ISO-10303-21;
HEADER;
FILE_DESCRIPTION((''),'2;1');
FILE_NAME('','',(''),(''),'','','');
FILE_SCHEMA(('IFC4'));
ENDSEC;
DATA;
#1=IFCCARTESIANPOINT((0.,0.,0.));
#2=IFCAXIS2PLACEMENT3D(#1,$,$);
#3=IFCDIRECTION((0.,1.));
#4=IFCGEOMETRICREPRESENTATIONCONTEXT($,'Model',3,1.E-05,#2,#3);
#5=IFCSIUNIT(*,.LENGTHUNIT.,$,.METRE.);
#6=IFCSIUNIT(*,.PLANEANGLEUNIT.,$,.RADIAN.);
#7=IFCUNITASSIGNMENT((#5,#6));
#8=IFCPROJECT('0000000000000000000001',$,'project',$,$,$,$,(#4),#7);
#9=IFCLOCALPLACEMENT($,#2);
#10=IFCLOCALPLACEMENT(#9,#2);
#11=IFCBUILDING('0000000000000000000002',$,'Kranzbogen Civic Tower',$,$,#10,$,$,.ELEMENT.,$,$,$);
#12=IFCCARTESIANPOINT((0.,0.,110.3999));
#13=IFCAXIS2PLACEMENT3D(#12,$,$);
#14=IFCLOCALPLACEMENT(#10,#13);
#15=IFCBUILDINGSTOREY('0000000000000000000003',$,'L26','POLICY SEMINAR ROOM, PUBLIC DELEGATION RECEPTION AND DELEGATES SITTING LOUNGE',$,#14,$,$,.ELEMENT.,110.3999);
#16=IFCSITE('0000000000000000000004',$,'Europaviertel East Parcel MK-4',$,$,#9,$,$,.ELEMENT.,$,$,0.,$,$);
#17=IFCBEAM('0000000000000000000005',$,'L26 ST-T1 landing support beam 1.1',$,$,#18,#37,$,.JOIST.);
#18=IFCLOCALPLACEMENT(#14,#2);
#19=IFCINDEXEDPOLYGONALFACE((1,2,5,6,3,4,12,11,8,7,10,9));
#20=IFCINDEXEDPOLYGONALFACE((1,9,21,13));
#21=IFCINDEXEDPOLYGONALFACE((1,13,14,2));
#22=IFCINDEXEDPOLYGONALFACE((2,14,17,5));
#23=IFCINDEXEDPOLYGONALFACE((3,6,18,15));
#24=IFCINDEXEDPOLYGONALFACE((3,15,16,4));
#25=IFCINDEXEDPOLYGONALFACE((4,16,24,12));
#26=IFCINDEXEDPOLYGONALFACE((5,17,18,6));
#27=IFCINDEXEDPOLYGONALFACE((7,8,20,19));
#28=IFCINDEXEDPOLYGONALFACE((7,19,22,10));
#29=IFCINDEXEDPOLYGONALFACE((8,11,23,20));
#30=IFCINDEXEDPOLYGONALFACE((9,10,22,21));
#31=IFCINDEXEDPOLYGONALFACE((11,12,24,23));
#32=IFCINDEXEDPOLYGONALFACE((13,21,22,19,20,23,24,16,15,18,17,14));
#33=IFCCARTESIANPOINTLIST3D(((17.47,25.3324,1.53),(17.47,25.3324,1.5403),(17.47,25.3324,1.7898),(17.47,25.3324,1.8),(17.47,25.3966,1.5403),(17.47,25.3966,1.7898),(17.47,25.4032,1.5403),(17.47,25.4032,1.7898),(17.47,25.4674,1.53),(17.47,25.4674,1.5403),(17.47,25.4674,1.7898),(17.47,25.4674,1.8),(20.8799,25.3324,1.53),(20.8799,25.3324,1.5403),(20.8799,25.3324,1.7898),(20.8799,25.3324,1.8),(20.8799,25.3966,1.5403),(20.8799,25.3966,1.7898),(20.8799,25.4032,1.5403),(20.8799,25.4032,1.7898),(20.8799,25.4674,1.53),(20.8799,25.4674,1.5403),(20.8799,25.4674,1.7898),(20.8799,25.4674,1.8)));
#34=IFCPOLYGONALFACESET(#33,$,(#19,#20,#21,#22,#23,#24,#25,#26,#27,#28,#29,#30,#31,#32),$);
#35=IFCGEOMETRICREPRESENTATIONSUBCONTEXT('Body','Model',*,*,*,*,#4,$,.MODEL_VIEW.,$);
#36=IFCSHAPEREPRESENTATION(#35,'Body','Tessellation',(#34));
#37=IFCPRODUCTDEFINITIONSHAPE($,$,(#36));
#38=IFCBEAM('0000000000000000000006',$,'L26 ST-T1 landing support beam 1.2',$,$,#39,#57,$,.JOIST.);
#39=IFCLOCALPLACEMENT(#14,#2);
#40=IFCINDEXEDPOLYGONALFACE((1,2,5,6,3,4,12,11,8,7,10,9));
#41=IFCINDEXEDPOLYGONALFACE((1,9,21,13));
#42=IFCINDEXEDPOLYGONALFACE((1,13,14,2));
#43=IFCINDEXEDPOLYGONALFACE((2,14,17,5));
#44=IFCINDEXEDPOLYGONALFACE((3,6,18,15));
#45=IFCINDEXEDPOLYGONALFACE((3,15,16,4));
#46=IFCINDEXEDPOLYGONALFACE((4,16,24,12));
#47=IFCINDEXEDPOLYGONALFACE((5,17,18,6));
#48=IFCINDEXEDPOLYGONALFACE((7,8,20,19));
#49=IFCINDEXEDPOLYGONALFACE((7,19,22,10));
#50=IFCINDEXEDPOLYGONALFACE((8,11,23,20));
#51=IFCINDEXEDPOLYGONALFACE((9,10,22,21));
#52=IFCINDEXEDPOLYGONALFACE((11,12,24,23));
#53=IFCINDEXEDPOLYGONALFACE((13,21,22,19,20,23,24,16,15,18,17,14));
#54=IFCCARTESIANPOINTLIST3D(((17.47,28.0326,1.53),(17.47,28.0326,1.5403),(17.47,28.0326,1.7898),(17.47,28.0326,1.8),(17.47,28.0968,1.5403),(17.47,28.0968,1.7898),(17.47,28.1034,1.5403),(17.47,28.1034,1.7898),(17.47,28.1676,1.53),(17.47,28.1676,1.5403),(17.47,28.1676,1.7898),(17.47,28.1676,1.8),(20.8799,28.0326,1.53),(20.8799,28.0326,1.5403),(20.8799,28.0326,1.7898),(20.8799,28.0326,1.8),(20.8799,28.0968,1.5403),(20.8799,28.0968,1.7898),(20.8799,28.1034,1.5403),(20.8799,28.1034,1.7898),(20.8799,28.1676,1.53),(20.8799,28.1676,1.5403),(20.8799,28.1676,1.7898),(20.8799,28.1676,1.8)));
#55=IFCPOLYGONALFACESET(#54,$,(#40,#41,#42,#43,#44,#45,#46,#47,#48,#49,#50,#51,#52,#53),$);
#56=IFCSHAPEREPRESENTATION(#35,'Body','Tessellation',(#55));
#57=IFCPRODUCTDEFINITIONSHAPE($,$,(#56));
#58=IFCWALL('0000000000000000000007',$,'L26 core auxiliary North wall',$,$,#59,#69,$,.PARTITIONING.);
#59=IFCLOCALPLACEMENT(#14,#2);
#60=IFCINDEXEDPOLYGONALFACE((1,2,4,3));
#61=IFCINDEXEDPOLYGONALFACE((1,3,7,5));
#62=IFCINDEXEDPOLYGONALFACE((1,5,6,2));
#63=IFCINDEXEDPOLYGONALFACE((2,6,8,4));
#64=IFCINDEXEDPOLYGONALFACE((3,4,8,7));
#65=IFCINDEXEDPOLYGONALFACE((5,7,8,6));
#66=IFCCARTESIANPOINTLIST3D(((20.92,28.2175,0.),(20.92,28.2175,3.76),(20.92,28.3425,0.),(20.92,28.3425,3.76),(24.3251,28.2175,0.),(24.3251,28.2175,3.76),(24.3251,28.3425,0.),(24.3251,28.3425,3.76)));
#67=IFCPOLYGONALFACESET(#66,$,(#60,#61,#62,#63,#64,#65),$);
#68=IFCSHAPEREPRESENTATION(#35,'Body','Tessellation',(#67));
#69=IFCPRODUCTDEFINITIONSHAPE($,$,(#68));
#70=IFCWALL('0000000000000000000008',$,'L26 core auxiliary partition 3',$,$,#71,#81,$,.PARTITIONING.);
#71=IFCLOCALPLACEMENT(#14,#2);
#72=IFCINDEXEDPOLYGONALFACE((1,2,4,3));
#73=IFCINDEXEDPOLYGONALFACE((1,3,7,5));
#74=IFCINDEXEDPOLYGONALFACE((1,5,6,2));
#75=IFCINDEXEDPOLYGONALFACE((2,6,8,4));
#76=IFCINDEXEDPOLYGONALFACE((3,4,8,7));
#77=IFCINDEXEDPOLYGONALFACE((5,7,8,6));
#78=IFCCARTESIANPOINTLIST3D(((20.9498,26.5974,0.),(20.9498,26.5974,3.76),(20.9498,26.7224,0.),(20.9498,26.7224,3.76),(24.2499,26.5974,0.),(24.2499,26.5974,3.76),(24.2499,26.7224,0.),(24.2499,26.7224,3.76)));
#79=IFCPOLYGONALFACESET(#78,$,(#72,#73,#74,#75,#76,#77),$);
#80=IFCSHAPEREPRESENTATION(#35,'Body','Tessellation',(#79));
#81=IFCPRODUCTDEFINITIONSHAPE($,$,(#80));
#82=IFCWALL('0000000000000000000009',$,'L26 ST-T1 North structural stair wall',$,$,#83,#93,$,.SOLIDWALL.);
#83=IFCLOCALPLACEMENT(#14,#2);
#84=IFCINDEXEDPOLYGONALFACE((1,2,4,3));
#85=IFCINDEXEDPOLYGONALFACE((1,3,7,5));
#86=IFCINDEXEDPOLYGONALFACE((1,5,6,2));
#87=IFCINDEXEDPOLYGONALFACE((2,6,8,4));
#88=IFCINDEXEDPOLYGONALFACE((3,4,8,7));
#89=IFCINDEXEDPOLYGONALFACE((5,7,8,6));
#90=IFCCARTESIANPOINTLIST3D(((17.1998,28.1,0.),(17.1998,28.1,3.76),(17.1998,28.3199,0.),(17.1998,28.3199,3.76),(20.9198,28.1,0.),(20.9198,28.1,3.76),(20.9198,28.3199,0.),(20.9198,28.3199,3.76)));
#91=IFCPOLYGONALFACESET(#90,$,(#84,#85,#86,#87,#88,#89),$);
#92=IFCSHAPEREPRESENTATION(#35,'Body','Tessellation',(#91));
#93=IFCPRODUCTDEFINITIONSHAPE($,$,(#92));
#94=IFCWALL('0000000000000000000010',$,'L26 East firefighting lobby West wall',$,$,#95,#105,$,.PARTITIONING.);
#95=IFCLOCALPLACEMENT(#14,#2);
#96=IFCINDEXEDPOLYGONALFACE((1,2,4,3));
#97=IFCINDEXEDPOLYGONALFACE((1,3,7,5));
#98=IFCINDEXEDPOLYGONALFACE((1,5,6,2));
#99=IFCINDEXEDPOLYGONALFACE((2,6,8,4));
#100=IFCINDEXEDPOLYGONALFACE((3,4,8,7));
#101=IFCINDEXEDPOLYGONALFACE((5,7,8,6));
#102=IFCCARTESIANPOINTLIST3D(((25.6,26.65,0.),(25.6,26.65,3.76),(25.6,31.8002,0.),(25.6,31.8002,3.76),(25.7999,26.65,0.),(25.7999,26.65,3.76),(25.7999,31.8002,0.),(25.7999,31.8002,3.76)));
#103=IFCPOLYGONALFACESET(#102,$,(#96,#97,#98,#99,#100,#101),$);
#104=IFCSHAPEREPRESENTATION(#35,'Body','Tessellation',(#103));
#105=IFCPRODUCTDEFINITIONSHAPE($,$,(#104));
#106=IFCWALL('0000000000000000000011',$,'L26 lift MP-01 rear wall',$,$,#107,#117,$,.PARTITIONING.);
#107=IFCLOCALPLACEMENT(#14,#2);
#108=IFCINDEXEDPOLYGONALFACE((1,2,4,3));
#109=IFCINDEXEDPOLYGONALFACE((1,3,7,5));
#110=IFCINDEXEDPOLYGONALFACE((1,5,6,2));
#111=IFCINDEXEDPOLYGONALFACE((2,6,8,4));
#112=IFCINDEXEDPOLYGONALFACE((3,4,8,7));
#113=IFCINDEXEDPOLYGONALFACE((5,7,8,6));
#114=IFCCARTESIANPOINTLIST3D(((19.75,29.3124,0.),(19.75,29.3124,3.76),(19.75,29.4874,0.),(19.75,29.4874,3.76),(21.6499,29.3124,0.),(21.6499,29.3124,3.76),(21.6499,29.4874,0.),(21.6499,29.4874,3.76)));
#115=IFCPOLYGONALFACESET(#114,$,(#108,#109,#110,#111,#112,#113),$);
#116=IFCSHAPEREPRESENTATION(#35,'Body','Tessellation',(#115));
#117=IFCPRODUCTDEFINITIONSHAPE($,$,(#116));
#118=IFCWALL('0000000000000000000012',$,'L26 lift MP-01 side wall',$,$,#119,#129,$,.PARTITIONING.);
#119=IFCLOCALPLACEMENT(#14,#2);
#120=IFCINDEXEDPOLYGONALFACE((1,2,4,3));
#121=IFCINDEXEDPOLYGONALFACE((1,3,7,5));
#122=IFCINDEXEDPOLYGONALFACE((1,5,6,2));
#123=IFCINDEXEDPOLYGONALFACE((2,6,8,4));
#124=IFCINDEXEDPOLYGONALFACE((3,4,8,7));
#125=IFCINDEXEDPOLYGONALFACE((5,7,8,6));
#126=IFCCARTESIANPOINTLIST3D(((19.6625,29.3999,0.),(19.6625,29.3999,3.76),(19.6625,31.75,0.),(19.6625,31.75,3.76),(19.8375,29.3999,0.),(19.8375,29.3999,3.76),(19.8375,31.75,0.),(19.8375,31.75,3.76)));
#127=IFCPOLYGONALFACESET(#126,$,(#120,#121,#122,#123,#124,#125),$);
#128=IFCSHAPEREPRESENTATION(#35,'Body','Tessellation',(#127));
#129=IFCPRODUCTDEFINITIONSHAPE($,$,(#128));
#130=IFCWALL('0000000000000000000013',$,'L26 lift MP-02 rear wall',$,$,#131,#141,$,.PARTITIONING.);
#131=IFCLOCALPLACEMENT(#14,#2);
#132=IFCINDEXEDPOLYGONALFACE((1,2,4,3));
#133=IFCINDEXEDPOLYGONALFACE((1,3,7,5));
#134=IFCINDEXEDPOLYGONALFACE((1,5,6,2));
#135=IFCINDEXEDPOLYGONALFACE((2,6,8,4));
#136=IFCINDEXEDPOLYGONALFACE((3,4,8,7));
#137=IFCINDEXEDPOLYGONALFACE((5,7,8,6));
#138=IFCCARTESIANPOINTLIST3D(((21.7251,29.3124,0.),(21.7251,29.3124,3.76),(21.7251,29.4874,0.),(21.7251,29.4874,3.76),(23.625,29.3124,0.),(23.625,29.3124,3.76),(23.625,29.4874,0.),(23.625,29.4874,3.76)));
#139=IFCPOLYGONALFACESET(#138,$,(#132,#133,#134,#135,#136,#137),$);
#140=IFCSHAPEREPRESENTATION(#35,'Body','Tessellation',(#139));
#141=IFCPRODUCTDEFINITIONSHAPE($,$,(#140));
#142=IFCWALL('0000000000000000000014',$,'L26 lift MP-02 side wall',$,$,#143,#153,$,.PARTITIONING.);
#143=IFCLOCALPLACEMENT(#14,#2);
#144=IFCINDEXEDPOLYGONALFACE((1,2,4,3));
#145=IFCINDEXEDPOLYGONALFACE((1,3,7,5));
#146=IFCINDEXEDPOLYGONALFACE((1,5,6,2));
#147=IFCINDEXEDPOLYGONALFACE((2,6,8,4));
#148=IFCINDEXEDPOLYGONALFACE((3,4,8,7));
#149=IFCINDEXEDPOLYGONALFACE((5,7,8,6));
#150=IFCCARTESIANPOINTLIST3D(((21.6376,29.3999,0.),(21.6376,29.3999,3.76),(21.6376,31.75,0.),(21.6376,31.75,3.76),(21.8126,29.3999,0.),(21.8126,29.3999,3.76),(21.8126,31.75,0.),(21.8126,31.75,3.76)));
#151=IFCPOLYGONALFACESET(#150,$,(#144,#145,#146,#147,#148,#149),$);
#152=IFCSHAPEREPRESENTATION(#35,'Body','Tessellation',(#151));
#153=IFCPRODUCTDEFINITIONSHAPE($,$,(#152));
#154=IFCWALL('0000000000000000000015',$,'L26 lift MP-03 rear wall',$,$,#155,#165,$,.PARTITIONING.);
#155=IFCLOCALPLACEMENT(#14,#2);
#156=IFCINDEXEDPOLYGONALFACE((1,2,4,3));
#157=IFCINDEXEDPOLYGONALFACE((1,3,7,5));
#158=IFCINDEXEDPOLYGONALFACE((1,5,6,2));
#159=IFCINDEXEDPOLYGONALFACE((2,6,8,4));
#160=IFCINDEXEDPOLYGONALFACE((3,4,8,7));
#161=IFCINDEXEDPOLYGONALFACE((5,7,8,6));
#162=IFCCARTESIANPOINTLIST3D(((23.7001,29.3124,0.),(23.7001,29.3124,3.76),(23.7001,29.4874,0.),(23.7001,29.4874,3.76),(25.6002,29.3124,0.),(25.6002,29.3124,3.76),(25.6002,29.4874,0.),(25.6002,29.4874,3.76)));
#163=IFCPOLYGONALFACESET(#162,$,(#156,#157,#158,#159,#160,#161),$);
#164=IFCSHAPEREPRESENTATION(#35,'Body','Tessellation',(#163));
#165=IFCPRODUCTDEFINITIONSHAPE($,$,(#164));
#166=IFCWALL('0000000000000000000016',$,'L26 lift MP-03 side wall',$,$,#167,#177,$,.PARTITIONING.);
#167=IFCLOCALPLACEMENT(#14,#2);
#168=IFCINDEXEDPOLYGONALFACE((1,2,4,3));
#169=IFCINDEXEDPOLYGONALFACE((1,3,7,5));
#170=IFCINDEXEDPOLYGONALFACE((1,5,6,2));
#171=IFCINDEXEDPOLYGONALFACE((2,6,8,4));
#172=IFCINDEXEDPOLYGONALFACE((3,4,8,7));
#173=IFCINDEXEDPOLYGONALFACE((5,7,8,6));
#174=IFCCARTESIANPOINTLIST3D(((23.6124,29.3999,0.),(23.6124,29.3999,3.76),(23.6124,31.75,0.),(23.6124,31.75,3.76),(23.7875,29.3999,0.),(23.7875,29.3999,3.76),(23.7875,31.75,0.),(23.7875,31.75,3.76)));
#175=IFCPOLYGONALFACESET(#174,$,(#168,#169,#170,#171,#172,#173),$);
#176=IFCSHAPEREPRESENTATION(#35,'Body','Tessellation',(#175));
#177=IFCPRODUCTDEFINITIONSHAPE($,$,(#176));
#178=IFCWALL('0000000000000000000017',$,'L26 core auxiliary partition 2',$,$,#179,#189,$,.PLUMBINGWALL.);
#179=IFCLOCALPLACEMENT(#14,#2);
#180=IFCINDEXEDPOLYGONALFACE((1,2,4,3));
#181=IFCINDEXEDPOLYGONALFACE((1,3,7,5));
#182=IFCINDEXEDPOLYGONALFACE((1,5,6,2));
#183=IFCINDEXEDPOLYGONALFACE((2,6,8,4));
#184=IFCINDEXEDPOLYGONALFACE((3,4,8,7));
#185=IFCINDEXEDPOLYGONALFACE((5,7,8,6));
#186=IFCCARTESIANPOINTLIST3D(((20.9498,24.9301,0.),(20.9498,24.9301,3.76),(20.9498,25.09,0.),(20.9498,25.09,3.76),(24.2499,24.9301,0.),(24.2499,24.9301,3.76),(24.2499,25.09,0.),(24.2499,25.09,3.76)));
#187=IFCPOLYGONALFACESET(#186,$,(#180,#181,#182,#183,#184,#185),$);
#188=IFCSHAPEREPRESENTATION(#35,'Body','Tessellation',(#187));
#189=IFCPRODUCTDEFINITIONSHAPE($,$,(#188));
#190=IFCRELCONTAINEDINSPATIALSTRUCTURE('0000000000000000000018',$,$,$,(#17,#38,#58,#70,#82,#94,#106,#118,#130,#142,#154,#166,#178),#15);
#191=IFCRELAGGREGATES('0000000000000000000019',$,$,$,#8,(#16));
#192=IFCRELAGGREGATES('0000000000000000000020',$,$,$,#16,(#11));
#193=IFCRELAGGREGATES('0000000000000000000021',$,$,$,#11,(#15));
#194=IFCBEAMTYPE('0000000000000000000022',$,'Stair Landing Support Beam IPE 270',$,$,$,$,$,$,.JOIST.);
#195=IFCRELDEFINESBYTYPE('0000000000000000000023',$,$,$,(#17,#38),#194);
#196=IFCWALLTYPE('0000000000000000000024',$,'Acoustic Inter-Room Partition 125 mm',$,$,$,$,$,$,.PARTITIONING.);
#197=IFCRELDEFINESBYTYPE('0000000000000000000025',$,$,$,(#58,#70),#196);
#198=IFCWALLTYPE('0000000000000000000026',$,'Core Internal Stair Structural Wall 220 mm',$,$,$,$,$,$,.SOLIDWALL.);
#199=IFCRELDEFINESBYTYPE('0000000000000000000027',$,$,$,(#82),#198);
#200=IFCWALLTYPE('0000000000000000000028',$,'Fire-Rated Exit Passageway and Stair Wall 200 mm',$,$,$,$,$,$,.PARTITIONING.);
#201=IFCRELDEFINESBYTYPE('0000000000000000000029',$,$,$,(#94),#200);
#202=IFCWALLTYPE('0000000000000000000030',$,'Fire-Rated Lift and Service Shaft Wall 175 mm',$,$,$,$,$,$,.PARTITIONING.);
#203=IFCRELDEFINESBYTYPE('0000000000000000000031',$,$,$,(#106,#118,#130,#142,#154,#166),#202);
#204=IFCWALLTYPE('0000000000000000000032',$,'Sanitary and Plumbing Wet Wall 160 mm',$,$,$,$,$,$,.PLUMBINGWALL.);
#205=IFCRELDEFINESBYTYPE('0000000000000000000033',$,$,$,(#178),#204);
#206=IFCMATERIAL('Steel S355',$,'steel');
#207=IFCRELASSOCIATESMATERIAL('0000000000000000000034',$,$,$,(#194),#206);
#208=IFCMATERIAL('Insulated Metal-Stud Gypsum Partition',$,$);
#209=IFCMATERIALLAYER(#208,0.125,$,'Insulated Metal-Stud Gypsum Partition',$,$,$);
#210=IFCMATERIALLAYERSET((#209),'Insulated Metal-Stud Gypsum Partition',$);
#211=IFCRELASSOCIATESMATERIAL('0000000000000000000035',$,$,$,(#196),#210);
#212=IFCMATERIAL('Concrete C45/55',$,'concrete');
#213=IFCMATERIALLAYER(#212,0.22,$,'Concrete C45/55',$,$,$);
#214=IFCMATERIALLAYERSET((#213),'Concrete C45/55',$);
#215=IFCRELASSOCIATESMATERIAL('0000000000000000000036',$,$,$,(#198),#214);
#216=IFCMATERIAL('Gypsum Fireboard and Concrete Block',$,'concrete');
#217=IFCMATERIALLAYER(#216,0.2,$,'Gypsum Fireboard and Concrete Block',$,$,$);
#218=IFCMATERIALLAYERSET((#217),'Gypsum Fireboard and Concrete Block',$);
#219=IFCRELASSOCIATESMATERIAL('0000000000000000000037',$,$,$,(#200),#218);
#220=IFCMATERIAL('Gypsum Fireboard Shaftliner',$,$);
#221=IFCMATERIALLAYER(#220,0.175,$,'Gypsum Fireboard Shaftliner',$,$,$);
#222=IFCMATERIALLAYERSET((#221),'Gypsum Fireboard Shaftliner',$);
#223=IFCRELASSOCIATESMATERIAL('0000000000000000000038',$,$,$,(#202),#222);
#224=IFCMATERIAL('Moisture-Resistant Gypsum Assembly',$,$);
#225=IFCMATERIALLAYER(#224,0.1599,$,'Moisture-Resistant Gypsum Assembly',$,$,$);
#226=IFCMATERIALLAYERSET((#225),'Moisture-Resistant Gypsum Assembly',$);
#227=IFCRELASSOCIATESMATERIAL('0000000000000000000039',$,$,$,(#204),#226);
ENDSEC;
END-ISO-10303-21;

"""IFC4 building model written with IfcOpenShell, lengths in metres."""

from ifc_helpers import new_model, si_unit, direction, frame, frame_2d, origin, origin_2d, place, context, subcontext, project, spatial, rectangle, i_section, extrude, material, layer, layer_set, material_profile, profile_set, type_object, element, save


model = new_model("IFC4")

# Units and contexts
model_context = context("Model", 3, precision=1e-05, world=origin(), true_north=direction((0.0, 1.0)))
body_context = subcontext(model_context, "Body", "Model", "MODEL_VIEW")
ifc_project = project(units=[si_unit("LENGTHUNIT", "METRE"), si_unit("PLANEANGLEUNIT", "RADIAN")], contexts=[model_context])

# Site, building, storey
site_placement = place(None, origin())
site = spatial("IfcSite", under=ifc_project, at=site_placement, Name="Europaviertel East Parcel MK-4", CompositionType="ELEMENT", RefElevation=0.0)
building_placement = place(site_placement, origin())
building = spatial("IfcBuilding", under=site, at=building_placement, Name="Kranzbogen Civic Tower", CompositionType="ELEMENT")
storey_placement = place(building_placement, frame((0.0, 0.0, 110.3999)))
storey = spatial("IfcBuildingStorey", under=building, at=storey_placement, Name="L26", Description="POLICY SEMINAR ROOM, PUBLIC DELEGATION RECEPTION AND DELEGATES SITTING LOUNGE", CompositionType="ELEMENT", Elevation=110.3999)

# Beams
ifc_material_1 = material(Name="Steel S355", Category="steel")
ifc_material_profile = material_profile(ifc_material_1, i_section(OverallWidth=0.135, OverallDepth=0.27, WebThickness=0.0066, FlangeThickness=0.0103, at=origin_2d()), Name="IPE 270")
ifc_profile_set = profile_set([ifc_material_profile], Name="Steel S355")
beam_type = type_object("IfcBeamType", Name="Stair Landing Support Beam IPE 270", PredefinedType="JOIST", material=ifc_profile_set)
for number, where, z_axis, x_axis, name in (
    (1, (20.8799, 25.3999, 1.665), (-1.0, 0.0, 0.0), (0.0, -1.0, 0.0), "L26 ST-T1 landing support beam 1.1"),
    (2, (20.8799, 28.1001, 1.665), (-1.0, 0.0, 0.0), (0.0, -1.0, 0.0), "L26 ST-T1 landing support beam 1.2"),
):
    element("IfcBeam", number, at=place(storey_placement, frame(where, z_axis=z_axis, x_axis=x_axis)), inside=storey, type_object=beam_type, Name=name, PredefinedType="JOIST", context=body_context, shape_type="SweptSolid", body=[
        extrude(i_section(OverallWidth=0.135, OverallDepth=0.27, WebThickness=0.0066, FlangeThickness=0.0103, at=origin_2d()), origin(), (0.0, 0.0, 1.0), 3.4099),
    ])

# Walls
ifc_material_2 = material(Name="Insulated Metal-Stud Gypsum Partition")
ifc_layer_1 = layer(ifc_material_2, 0.125, Name="Insulated Metal-Stud Gypsum Partition")
ifc_layer_set_1 = layer_set([ifc_layer_1], Name="Insulated Metal-Stud Gypsum Partition")
wall_type_1 = type_object("IfcWallType", Name="Acoustic Inter-Room Partition 125 mm", PredefinedType="PARTITIONING", material=ifc_layer_set_1)
wall_1_placement = place(storey_placement, frame((20.9199, 28.28, 0.0), z_axis=(0.0, 0.0, 1.0), x_axis=(1.0, 0.0, 0.0)))
element("IfcWall", 3, at=wall_1_placement, inside=storey, type_object=wall_type_1, Name="L26 core auxiliary North wall", PredefinedType="PARTITIONING", context=body_context, shape_type="SweptSolid", body=[
    extrude(rectangle(XDim=3.405, YDim=0.125, at=frame_2d((1.7026, 0.0))), origin(), (0.0, 0.0, 1.0), 3.76),
])
wall_2_placement = place(storey_placement, frame((20.95, 26.6599, 0.0), z_axis=(0.0, 0.0, 1.0), x_axis=(1.0, 0.0, 0.0)))
element("IfcWall", 4, at=wall_2_placement, inside=storey, type_object=wall_type_1, Name="L26 core auxiliary partition 3", PredefinedType="PARTITIONING", context=body_context, shape_type="SweptSolid", body=[
    extrude(rectangle(XDim=3.3, YDim=0.125, at=frame_2d((1.6499, 0.0))), origin(), (0.0, 0.0, 1.0), 3.76),
])
ifc_material_3 = material(Name="Concrete C45/55", Category="concrete")
ifc_layer_2 = layer(ifc_material_3, 0.22, Name="Concrete C45/55")
ifc_layer_set_2 = layer_set([ifc_layer_2], Name="Concrete C45/55")
wall_type_2 = type_object("IfcWallType", Name="Core Internal Stair Structural Wall 220 mm", PredefinedType="SOLIDWALL", material=ifc_layer_set_2)
wall_3_placement = place(storey_placement, frame((17.2, 28.21, 0.0), z_axis=(0.0, 0.0, 1.0), x_axis=(1.0, 0.0, 0.0)))
element("IfcWall", 5, at=wall_3_placement, inside=storey, type_object=wall_type_2, Name="L26 ST-T1 North structural stair wall", PredefinedType="SOLIDWALL", context=body_context, shape_type="SweptSolid", body=[
    extrude(rectangle(XDim=3.72, YDim=0.22, at=frame_2d((1.8599, 0.0))), origin(), (0.0, 0.0, 1.0), 3.76),
])
ifc_material_4 = material(Name="Gypsum Fireboard and Concrete Block", Category="concrete")
ifc_layer_3 = layer(ifc_material_4, 0.2, Name="Gypsum Fireboard and Concrete Block")
ifc_layer_set_3 = layer_set([ifc_layer_3], Name="Gypsum Fireboard and Concrete Block")
wall_type_3 = type_object("IfcWallType", Name="Fire-Rated Exit Passageway and Stair Wall 200 mm", PredefinedType="PARTITIONING", material=ifc_layer_set_3)
wall_4_placement = place(storey_placement, frame((25.7, 26.6499, 0.0), z_axis=(0.0, 0.0, 1.0), x_axis=(0.0, 1.0, 0.0)))
element("IfcWall", 6, at=wall_4_placement, inside=storey, type_object=wall_type_3, Name="L26 East firefighting lobby West wall", PredefinedType="PARTITIONING", context=body_context, shape_type="SweptSolid", body=[
    extrude(rectangle(XDim=5.1501, YDim=0.2, at=frame_2d((2.5752, 0.0))), origin(), (0.0, 0.0, 1.0), 3.76),
])
ifc_material_5 = material(Name="Gypsum Fireboard Shaftliner")
ifc_layer_4 = layer(ifc_material_5, 0.175, Name="Gypsum Fireboard Shaftliner")
ifc_layer_set_4 = layer_set([ifc_layer_4], Name="Gypsum Fireboard Shaftliner")
wall_type_4 = type_object("IfcWallType", Name="Fire-Rated Lift and Service Shaft Wall 175 mm", PredefinedType="PARTITIONING", material=ifc_layer_set_4)
wall_5_placement = place(storey_placement, frame((19.75, 29.3999, 0.0), z_axis=(0.0, 0.0, 1.0), x_axis=(1.0, 0.0, 0.0)))
element("IfcWall", 7, at=wall_5_placement, inside=storey, type_object=wall_type_4, Name="L26 lift MP-01 rear wall", PredefinedType="PARTITIONING", context=body_context, shape_type="SweptSolid", body=[
    extrude(rectangle(XDim=1.8999, YDim=0.175, at=frame_2d((0.95, 0.0))), origin(), (0.0, 0.0, 1.0), 3.76),
])
wall_6_placement = place(storey_placement, frame((19.75, 29.3999, 0.0), z_axis=(0.0, 0.0, 1.0), x_axis=(0.0, 1.0, 0.0)))
element("IfcWall", 8, at=wall_6_placement, inside=storey, type_object=wall_type_4, Name="L26 lift MP-01 side wall", PredefinedType="PARTITIONING", context=body_context, shape_type="SweptSolid", body=[
    extrude(rectangle(XDim=2.3501, YDim=0.175, at=frame_2d((1.175, 0.0))), origin(), (0.0, 0.0, 1.0), 3.76),
])
wall_7_placement = place(storey_placement, frame((21.7251, 29.3999, 0.0), z_axis=(0.0, 0.0, 1.0), x_axis=(1.0, 0.0, 0.0)))
element("IfcWall", 9, at=wall_7_placement, inside=storey, type_object=wall_type_4, Name="L26 lift MP-02 rear wall", PredefinedType="PARTITIONING", context=body_context, shape_type="SweptSolid", body=[
    extrude(rectangle(XDim=1.8999, YDim=0.175, at=frame_2d((0.95, 0.0))), origin(), (0.0, 0.0, 1.0), 3.76),
])
wall_8_placement = place(storey_placement, frame((21.7251, 29.3999, 0.0), z_axis=(0.0, 0.0, 1.0), x_axis=(0.0, 1.0, 0.0)))
element("IfcWall", 10, at=wall_8_placement, inside=storey, type_object=wall_type_4, Name="L26 lift MP-02 side wall", PredefinedType="PARTITIONING", context=body_context, shape_type="SweptSolid", body=[
    extrude(rectangle(XDim=2.3501, YDim=0.175, at=frame_2d((1.175, 0.0))), origin(), (0.0, 0.0, 1.0), 3.76),
])
wall_9_placement = place(storey_placement, frame((23.7, 29.3999, 0.0), z_axis=(0.0, 0.0, 1.0), x_axis=(1.0, 0.0, 0.0)))
element("IfcWall", 11, at=wall_9_placement, inside=storey, type_object=wall_type_4, Name="L26 lift MP-03 rear wall", PredefinedType="PARTITIONING", context=body_context, shape_type="SweptSolid", body=[
    extrude(rectangle(XDim=1.9001, YDim=0.175, at=frame_2d((0.9502, 0.0))), origin(), (0.0, 0.0, 1.0), 3.76),
])
wall_10_placement = place(storey_placement, frame((23.7, 29.3999, 0.0), z_axis=(0.0, 0.0, 1.0), x_axis=(0.0, 1.0, 0.0)))
element("IfcWall", 12, at=wall_10_placement, inside=storey, type_object=wall_type_4, Name="L26 lift MP-03 side wall", PredefinedType="PARTITIONING", context=body_context, shape_type="SweptSolid", body=[
    extrude(rectangle(XDim=2.3501, YDim=0.175, at=frame_2d((1.175, 0.0))), origin(), (0.0, 0.0, 1.0), 3.76),
])
ifc_material_6 = material(Name="Moisture-Resistant Gypsum Assembly")
ifc_layer_5 = layer(ifc_material_6, 0.1599, Name="Moisture-Resistant Gypsum Assembly")
ifc_layer_set_5 = layer_set([ifc_layer_5], Name="Moisture-Resistant Gypsum Assembly")
wall_type_5 = type_object("IfcWallType", Name="Sanitary and Plumbing Wet Wall 160 mm", PredefinedType="PLUMBINGWALL", material=ifc_layer_set_5)
wall_11_placement = place(storey_placement, frame((20.95, 25.01, 0.0), z_axis=(0.0, 0.0, 1.0), x_axis=(1.0, 0.0, 0.0)))
element("IfcWall", 13, at=wall_11_placement, inside=storey, type_object=wall_type_5, Name="L26 core auxiliary partition 2", PredefinedType="PLUMBINGWALL", context=body_context, shape_type="SweptSolid", body=[
    extrude(rectangle(XDim=3.3, YDim=0.1599, at=frame_2d((1.6499, 0.0))), origin(), (0.0, 0.0, 1.0), 3.76),
])

save(model, "model.ifc")
